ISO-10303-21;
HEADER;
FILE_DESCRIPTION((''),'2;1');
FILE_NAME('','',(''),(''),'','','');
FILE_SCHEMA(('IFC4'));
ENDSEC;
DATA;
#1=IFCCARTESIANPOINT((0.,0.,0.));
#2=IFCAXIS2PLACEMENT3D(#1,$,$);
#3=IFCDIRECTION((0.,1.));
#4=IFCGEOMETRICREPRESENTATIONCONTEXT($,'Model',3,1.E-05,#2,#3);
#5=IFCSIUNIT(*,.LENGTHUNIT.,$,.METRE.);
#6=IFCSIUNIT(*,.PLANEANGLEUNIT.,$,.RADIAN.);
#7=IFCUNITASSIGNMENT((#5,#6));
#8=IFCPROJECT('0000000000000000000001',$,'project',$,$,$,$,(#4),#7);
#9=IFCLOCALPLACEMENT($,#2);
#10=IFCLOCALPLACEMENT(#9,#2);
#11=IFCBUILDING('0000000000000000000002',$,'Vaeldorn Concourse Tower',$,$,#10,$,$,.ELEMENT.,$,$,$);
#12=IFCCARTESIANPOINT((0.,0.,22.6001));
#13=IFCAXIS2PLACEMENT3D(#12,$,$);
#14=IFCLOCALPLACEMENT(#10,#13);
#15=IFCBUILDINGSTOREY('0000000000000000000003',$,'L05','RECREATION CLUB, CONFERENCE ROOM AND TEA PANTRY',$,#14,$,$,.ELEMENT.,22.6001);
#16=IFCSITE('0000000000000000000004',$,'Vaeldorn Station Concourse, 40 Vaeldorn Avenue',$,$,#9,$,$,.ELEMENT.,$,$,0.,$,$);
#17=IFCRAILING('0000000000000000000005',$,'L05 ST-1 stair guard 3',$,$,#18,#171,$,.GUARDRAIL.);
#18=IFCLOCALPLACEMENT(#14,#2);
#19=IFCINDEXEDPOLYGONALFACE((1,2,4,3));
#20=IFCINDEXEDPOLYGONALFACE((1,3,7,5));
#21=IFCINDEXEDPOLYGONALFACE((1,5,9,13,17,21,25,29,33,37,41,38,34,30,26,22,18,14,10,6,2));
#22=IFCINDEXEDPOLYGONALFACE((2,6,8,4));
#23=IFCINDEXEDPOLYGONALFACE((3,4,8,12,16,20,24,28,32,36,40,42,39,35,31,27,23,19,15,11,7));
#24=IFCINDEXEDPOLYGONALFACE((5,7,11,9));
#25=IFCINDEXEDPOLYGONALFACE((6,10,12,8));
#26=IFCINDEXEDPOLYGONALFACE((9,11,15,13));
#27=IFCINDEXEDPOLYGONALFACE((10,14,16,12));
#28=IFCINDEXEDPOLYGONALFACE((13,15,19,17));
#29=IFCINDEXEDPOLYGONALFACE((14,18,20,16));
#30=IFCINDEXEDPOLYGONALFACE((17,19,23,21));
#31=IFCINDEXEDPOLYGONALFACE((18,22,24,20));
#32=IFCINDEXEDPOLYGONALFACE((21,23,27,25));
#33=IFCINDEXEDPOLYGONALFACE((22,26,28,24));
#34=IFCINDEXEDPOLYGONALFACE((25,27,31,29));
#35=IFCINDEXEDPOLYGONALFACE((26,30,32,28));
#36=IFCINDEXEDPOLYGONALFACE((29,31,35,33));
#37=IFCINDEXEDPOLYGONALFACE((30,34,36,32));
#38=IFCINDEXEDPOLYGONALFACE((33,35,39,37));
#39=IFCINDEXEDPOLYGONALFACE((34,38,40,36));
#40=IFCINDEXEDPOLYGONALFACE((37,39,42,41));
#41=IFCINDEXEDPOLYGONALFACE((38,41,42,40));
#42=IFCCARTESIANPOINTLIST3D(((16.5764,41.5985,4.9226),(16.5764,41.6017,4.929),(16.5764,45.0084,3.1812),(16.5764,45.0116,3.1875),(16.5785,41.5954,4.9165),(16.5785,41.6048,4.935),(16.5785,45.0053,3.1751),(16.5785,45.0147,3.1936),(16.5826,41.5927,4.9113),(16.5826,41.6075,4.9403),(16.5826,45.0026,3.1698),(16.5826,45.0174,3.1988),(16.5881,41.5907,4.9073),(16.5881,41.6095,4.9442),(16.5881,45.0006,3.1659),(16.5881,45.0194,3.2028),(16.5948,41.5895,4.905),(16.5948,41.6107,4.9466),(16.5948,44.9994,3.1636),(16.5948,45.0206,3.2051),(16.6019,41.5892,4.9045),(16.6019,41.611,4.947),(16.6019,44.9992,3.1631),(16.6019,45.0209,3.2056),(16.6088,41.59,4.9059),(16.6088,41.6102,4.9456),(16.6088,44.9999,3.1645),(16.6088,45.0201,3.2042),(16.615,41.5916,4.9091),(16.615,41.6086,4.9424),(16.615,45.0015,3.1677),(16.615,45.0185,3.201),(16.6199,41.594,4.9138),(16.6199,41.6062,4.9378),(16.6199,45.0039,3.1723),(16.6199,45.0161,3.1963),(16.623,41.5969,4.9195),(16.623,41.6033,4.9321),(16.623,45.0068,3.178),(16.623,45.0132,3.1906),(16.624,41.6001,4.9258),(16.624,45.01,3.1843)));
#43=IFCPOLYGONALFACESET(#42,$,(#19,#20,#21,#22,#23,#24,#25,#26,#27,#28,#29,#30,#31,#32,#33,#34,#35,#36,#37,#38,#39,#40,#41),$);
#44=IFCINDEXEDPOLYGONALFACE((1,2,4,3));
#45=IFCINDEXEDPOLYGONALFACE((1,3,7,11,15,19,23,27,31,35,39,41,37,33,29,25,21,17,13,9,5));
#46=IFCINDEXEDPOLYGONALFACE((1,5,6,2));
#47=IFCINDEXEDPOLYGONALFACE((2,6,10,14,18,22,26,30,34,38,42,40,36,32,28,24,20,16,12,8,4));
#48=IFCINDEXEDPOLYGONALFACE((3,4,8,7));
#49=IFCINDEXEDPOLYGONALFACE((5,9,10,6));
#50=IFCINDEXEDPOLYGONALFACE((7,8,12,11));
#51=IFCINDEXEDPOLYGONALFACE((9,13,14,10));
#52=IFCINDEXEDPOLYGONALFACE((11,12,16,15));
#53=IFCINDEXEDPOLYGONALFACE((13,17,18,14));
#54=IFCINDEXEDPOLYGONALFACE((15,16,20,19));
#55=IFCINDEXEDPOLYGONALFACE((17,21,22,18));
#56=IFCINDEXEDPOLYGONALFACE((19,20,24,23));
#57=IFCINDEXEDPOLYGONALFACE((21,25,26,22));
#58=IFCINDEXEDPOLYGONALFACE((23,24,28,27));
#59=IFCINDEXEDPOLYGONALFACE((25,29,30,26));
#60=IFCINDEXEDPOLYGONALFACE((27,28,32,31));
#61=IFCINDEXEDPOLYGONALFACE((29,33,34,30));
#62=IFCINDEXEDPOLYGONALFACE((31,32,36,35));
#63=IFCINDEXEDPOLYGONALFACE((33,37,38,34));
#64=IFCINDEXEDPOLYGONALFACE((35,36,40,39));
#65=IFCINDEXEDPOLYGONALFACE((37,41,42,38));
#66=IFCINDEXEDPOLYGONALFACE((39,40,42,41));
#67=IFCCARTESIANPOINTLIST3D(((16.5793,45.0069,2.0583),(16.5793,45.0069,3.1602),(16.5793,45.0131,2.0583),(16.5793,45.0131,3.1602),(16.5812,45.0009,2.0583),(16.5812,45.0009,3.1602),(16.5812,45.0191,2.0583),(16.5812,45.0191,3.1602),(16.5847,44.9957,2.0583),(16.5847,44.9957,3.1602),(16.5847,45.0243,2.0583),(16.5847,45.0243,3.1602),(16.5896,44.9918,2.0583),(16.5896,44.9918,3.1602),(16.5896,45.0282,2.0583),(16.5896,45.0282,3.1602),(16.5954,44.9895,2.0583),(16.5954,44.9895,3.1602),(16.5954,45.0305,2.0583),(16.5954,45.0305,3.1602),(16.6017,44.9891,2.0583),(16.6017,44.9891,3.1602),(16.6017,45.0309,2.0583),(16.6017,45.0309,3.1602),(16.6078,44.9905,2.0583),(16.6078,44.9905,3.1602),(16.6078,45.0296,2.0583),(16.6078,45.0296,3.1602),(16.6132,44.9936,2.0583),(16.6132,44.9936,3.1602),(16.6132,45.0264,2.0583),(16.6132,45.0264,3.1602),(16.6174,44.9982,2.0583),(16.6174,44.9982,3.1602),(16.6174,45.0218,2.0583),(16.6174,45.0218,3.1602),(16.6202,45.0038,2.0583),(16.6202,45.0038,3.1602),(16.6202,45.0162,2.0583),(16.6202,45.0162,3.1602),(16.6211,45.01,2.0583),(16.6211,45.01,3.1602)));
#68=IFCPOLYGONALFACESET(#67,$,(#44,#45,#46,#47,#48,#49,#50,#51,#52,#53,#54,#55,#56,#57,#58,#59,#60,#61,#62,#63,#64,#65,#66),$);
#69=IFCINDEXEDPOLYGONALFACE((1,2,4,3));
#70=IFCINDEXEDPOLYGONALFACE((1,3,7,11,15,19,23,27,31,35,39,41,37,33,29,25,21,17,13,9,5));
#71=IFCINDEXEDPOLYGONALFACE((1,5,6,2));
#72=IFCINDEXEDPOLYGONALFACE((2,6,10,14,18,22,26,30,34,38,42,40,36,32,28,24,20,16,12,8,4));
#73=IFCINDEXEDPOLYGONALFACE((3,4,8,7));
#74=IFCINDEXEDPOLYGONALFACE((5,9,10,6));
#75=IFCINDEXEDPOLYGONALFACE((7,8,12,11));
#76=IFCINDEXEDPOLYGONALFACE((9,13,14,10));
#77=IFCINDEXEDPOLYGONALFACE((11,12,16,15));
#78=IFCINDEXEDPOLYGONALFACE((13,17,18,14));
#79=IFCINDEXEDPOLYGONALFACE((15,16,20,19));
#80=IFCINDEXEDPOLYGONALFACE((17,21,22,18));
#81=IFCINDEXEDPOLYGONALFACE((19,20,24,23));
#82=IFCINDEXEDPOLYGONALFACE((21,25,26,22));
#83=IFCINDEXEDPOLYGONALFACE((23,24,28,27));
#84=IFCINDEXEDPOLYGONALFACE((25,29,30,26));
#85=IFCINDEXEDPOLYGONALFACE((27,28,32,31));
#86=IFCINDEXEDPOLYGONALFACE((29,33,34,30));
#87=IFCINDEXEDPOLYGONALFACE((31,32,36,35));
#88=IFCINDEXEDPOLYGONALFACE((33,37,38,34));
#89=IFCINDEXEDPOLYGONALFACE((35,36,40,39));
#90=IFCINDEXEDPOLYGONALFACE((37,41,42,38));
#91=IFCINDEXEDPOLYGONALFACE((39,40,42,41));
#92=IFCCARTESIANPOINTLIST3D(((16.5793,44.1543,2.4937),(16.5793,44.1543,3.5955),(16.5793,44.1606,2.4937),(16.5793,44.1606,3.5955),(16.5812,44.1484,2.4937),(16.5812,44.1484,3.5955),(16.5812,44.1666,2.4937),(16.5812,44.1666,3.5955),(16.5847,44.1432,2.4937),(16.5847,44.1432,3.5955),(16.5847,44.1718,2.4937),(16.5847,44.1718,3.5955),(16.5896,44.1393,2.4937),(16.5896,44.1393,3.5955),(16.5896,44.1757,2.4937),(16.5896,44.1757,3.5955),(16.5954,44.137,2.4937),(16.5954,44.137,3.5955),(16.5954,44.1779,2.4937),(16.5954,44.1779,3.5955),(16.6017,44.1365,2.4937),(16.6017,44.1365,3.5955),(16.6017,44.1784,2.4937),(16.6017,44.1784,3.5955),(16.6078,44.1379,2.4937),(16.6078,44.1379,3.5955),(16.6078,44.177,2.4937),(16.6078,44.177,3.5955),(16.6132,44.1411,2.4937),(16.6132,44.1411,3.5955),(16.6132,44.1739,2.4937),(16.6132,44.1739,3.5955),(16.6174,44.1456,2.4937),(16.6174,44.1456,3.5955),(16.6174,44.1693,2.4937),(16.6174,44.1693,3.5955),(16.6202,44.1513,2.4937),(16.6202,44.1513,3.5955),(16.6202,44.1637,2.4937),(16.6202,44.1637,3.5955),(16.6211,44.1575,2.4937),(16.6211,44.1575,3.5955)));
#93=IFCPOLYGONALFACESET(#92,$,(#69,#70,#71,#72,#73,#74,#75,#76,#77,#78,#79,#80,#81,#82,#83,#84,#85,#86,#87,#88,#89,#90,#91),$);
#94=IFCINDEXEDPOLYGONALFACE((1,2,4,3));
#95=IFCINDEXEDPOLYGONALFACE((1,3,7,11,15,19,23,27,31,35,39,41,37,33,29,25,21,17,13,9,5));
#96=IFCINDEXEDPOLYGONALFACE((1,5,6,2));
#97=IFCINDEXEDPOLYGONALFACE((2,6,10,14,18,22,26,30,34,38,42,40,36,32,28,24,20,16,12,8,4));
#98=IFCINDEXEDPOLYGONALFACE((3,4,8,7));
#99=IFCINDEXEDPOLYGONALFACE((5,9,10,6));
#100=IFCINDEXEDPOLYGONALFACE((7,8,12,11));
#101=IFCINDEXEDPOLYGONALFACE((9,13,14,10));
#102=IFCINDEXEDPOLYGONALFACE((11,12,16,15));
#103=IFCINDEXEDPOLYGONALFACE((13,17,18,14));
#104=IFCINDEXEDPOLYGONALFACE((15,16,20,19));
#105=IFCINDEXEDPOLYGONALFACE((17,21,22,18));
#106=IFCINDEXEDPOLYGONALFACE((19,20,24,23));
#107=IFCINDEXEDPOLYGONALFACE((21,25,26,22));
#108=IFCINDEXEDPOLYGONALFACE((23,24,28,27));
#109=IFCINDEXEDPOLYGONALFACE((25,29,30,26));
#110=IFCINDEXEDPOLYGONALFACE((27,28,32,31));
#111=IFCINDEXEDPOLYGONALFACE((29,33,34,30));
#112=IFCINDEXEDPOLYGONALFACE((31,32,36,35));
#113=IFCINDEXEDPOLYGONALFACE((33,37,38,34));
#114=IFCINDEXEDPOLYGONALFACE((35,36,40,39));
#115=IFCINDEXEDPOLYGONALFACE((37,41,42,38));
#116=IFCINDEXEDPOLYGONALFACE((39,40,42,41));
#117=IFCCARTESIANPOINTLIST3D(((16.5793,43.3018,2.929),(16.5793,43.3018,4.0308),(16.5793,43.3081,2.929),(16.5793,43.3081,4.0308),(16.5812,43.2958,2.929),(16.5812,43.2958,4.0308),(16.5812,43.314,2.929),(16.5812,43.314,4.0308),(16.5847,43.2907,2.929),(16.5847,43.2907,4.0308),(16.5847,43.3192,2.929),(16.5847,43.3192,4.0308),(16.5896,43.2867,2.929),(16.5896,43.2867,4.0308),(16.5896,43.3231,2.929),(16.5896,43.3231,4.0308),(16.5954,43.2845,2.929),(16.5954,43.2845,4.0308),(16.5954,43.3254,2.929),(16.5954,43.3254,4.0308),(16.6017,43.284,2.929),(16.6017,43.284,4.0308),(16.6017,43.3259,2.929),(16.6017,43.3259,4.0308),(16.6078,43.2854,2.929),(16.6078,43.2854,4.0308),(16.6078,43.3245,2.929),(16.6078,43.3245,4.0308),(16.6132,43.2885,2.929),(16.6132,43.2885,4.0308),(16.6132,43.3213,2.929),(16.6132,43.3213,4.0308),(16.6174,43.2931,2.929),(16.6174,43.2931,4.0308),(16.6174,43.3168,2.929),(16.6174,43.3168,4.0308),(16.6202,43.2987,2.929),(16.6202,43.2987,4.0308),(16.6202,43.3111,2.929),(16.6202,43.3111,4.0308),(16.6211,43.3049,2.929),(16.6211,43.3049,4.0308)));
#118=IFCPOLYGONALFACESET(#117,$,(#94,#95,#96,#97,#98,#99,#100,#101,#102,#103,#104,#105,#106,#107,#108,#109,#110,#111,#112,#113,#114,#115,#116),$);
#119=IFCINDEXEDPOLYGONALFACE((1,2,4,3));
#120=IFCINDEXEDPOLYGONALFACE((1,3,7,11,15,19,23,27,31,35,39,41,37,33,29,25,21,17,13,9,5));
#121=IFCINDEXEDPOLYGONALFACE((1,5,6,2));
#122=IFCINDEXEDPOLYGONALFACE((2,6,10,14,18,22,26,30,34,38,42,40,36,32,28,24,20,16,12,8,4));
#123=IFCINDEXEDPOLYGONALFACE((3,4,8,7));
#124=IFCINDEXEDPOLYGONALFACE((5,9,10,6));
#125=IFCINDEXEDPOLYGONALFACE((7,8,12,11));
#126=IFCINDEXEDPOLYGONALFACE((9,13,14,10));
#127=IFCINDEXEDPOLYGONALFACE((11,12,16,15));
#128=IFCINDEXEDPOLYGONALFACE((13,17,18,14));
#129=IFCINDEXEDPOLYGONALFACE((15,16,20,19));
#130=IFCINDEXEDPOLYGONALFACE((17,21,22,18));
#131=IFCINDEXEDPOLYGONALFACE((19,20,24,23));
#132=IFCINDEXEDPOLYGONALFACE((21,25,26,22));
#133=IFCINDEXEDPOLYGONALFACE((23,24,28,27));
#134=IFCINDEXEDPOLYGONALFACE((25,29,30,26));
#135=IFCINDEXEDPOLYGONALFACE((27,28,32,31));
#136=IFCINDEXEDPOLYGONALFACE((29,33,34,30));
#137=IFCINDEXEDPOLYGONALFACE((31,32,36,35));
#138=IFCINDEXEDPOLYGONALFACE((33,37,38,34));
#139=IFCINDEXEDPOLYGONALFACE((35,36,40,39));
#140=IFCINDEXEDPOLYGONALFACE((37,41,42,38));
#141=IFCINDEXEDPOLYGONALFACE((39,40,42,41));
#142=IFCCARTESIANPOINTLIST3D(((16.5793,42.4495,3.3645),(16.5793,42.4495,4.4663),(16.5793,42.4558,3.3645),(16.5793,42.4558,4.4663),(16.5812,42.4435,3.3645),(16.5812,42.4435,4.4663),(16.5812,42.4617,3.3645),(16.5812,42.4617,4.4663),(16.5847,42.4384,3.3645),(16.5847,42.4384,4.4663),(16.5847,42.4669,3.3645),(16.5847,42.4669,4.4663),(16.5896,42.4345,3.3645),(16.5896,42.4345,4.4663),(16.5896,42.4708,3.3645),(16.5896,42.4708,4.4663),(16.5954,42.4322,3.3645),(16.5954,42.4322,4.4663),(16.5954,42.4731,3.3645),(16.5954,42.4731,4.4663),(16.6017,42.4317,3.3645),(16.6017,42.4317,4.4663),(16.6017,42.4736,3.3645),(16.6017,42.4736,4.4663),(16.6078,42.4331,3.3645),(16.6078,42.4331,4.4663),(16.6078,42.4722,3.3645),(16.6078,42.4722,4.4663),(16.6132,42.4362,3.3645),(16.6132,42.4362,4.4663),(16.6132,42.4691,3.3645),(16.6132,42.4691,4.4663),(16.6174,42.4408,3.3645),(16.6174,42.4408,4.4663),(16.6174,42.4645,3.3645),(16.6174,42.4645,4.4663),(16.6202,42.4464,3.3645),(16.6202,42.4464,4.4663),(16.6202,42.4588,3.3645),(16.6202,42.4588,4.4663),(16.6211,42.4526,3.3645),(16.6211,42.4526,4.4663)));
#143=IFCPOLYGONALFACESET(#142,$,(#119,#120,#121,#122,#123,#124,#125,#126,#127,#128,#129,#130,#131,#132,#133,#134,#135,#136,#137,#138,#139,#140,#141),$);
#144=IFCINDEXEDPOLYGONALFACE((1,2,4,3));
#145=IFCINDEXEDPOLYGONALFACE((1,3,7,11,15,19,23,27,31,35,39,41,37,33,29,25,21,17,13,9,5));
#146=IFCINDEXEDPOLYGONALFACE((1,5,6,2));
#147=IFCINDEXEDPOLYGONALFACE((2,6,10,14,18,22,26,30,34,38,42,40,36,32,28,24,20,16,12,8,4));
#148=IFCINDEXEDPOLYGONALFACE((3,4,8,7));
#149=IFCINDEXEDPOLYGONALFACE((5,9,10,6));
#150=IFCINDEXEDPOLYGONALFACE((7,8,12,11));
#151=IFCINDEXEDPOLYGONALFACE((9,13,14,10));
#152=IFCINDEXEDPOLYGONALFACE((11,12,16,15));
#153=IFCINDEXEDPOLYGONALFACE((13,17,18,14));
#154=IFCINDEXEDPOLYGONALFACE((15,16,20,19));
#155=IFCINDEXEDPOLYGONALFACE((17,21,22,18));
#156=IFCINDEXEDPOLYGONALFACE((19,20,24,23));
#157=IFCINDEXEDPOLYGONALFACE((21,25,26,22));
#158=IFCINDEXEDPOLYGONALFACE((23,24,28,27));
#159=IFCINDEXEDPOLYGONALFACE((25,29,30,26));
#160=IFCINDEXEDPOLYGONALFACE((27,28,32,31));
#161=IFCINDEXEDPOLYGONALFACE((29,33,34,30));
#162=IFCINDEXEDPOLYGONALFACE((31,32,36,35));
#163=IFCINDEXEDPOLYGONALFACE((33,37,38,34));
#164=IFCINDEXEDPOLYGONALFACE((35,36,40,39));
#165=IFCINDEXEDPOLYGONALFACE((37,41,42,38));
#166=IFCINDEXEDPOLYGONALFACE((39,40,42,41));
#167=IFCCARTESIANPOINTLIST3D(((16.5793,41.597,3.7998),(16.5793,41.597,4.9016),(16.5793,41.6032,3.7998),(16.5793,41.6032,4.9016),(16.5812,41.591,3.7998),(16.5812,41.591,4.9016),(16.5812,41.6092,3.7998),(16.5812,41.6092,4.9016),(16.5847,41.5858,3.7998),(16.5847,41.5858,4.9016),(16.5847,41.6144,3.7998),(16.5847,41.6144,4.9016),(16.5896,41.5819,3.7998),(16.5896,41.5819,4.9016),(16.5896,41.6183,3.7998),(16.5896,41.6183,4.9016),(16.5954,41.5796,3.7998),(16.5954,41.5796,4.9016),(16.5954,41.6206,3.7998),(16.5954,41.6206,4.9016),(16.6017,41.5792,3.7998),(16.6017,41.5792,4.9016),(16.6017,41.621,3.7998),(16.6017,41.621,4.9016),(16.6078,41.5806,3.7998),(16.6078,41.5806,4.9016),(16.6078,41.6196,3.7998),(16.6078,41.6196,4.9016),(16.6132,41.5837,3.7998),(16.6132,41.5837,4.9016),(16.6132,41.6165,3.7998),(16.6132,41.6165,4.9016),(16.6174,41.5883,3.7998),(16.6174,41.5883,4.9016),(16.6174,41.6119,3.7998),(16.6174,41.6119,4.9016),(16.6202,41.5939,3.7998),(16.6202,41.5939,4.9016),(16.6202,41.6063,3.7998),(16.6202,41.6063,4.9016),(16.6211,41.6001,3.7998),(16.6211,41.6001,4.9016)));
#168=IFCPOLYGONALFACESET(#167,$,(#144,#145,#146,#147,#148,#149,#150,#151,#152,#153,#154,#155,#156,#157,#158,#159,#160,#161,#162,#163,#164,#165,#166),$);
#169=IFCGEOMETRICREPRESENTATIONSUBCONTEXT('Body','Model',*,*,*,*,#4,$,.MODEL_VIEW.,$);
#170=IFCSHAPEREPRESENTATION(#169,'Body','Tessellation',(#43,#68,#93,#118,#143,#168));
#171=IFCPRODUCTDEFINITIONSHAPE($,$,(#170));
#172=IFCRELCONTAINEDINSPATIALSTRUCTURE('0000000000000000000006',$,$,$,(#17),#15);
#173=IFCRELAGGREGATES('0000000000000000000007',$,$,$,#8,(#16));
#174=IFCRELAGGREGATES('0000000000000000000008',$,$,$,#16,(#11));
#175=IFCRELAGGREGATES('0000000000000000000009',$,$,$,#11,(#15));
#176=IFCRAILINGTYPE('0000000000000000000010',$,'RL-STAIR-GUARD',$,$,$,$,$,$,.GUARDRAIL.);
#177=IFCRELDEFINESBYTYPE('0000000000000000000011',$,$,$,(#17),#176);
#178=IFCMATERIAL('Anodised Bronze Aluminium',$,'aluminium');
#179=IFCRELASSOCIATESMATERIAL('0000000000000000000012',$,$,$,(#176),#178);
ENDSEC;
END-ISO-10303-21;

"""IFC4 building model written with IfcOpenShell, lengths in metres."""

from ifc_helpers import new_model, si_unit, direction, frame, origin, origin_2d, place, context, subcontext, project, spatial, circle, extrude, material, type_object, element, save


model = new_model("IFC4")

# Units and contexts
model_context = context("Model", 3, precision=1e-05, world=origin(), true_north=direction((0.0, 1.0)))
body_context = subcontext(model_context, "Body", "Model", "MODEL_VIEW")
ifc_project = project(units=[si_unit("LENGTHUNIT", "METRE"), si_unit("PLANEANGLEUNIT", "RADIAN")], contexts=[model_context])

# Site, building, storey
site_placement = place(None, origin())
site = spatial("IfcSite", under=ifc_project, at=site_placement, Name="Vaeldorn Station Concourse, 40 Vaeldorn Avenue", CompositionType="ELEMENT", RefElevation=0.0)
building_placement = place(site_placement, origin())
building = spatial("IfcBuilding", under=site, at=building_placement, Name="Vaeldorn Concourse Tower", CompositionType="ELEMENT")
storey_placement = place(building_placement, frame((0.0, 0.0, 22.6001)))
storey = spatial("IfcBuildingStorey", under=building, at=storey_placement, Name="L05", Description="RECREATION CLUB, CONFERENCE ROOM AND TEA PANTRY", CompositionType="ELEMENT", Elevation=22.6001)

# Shared definitions
ifc_material_1 = material(Name="Anodised Bronze Aluminium", Category="aluminium")

# Railing
railing_type_1 = type_object("IfcRailingType", Name="RL-STAIR-GUARD", PredefinedType="GUARDRAIL", material=ifc_material_1)
railing_1_placement = place(storey_placement, frame((16.6001, 45.01, 2.0583)))
element("IfcRailing", 1, at=railing_1_placement, inside=storey, type_object=railing_type_1, Name="L05 ST-1 stair guard 3", PredefinedType="GUARDRAIL", context=body_context, shape_type="SweptSolid", body=[
    extrude(circle(Radius=0.0239, at=origin_2d()), frame((0.0, 0.0, 1.126), z_axis=(0.0, -0.890582, 0.454823), x_axis=(1.0, 0.0, 0.0)), (0.0, 0.0, 1.0), 3.8289),
    extrude(circle(Radius=0.021, at=origin_2d()), origin(), (0.0, 0.0, 1.0), 1.1018),
    extrude(circle(Radius=0.021, at=origin_2d()), frame((0.0, -0.8525, 0.4353)), (0.0, 0.0, 1.0), 1.1018),
    extrude(circle(Radius=0.021, at=origin_2d()), frame((0.0, -1.7051, 0.8706)), (0.0, 0.0, 1.0), 1.1018),
    extrude(circle(Radius=0.021, at=origin_2d()), frame((0.0, -2.5574, 1.3062)), (0.0, 0.0, 1.0), 1.1018),
    extrude(circle(Radius=0.021, at=origin_2d()), frame((0.0, -3.4099, 1.7415)), (0.0, 0.0, 1.0), 1.1018),
])

save(model, "model.ifc")
